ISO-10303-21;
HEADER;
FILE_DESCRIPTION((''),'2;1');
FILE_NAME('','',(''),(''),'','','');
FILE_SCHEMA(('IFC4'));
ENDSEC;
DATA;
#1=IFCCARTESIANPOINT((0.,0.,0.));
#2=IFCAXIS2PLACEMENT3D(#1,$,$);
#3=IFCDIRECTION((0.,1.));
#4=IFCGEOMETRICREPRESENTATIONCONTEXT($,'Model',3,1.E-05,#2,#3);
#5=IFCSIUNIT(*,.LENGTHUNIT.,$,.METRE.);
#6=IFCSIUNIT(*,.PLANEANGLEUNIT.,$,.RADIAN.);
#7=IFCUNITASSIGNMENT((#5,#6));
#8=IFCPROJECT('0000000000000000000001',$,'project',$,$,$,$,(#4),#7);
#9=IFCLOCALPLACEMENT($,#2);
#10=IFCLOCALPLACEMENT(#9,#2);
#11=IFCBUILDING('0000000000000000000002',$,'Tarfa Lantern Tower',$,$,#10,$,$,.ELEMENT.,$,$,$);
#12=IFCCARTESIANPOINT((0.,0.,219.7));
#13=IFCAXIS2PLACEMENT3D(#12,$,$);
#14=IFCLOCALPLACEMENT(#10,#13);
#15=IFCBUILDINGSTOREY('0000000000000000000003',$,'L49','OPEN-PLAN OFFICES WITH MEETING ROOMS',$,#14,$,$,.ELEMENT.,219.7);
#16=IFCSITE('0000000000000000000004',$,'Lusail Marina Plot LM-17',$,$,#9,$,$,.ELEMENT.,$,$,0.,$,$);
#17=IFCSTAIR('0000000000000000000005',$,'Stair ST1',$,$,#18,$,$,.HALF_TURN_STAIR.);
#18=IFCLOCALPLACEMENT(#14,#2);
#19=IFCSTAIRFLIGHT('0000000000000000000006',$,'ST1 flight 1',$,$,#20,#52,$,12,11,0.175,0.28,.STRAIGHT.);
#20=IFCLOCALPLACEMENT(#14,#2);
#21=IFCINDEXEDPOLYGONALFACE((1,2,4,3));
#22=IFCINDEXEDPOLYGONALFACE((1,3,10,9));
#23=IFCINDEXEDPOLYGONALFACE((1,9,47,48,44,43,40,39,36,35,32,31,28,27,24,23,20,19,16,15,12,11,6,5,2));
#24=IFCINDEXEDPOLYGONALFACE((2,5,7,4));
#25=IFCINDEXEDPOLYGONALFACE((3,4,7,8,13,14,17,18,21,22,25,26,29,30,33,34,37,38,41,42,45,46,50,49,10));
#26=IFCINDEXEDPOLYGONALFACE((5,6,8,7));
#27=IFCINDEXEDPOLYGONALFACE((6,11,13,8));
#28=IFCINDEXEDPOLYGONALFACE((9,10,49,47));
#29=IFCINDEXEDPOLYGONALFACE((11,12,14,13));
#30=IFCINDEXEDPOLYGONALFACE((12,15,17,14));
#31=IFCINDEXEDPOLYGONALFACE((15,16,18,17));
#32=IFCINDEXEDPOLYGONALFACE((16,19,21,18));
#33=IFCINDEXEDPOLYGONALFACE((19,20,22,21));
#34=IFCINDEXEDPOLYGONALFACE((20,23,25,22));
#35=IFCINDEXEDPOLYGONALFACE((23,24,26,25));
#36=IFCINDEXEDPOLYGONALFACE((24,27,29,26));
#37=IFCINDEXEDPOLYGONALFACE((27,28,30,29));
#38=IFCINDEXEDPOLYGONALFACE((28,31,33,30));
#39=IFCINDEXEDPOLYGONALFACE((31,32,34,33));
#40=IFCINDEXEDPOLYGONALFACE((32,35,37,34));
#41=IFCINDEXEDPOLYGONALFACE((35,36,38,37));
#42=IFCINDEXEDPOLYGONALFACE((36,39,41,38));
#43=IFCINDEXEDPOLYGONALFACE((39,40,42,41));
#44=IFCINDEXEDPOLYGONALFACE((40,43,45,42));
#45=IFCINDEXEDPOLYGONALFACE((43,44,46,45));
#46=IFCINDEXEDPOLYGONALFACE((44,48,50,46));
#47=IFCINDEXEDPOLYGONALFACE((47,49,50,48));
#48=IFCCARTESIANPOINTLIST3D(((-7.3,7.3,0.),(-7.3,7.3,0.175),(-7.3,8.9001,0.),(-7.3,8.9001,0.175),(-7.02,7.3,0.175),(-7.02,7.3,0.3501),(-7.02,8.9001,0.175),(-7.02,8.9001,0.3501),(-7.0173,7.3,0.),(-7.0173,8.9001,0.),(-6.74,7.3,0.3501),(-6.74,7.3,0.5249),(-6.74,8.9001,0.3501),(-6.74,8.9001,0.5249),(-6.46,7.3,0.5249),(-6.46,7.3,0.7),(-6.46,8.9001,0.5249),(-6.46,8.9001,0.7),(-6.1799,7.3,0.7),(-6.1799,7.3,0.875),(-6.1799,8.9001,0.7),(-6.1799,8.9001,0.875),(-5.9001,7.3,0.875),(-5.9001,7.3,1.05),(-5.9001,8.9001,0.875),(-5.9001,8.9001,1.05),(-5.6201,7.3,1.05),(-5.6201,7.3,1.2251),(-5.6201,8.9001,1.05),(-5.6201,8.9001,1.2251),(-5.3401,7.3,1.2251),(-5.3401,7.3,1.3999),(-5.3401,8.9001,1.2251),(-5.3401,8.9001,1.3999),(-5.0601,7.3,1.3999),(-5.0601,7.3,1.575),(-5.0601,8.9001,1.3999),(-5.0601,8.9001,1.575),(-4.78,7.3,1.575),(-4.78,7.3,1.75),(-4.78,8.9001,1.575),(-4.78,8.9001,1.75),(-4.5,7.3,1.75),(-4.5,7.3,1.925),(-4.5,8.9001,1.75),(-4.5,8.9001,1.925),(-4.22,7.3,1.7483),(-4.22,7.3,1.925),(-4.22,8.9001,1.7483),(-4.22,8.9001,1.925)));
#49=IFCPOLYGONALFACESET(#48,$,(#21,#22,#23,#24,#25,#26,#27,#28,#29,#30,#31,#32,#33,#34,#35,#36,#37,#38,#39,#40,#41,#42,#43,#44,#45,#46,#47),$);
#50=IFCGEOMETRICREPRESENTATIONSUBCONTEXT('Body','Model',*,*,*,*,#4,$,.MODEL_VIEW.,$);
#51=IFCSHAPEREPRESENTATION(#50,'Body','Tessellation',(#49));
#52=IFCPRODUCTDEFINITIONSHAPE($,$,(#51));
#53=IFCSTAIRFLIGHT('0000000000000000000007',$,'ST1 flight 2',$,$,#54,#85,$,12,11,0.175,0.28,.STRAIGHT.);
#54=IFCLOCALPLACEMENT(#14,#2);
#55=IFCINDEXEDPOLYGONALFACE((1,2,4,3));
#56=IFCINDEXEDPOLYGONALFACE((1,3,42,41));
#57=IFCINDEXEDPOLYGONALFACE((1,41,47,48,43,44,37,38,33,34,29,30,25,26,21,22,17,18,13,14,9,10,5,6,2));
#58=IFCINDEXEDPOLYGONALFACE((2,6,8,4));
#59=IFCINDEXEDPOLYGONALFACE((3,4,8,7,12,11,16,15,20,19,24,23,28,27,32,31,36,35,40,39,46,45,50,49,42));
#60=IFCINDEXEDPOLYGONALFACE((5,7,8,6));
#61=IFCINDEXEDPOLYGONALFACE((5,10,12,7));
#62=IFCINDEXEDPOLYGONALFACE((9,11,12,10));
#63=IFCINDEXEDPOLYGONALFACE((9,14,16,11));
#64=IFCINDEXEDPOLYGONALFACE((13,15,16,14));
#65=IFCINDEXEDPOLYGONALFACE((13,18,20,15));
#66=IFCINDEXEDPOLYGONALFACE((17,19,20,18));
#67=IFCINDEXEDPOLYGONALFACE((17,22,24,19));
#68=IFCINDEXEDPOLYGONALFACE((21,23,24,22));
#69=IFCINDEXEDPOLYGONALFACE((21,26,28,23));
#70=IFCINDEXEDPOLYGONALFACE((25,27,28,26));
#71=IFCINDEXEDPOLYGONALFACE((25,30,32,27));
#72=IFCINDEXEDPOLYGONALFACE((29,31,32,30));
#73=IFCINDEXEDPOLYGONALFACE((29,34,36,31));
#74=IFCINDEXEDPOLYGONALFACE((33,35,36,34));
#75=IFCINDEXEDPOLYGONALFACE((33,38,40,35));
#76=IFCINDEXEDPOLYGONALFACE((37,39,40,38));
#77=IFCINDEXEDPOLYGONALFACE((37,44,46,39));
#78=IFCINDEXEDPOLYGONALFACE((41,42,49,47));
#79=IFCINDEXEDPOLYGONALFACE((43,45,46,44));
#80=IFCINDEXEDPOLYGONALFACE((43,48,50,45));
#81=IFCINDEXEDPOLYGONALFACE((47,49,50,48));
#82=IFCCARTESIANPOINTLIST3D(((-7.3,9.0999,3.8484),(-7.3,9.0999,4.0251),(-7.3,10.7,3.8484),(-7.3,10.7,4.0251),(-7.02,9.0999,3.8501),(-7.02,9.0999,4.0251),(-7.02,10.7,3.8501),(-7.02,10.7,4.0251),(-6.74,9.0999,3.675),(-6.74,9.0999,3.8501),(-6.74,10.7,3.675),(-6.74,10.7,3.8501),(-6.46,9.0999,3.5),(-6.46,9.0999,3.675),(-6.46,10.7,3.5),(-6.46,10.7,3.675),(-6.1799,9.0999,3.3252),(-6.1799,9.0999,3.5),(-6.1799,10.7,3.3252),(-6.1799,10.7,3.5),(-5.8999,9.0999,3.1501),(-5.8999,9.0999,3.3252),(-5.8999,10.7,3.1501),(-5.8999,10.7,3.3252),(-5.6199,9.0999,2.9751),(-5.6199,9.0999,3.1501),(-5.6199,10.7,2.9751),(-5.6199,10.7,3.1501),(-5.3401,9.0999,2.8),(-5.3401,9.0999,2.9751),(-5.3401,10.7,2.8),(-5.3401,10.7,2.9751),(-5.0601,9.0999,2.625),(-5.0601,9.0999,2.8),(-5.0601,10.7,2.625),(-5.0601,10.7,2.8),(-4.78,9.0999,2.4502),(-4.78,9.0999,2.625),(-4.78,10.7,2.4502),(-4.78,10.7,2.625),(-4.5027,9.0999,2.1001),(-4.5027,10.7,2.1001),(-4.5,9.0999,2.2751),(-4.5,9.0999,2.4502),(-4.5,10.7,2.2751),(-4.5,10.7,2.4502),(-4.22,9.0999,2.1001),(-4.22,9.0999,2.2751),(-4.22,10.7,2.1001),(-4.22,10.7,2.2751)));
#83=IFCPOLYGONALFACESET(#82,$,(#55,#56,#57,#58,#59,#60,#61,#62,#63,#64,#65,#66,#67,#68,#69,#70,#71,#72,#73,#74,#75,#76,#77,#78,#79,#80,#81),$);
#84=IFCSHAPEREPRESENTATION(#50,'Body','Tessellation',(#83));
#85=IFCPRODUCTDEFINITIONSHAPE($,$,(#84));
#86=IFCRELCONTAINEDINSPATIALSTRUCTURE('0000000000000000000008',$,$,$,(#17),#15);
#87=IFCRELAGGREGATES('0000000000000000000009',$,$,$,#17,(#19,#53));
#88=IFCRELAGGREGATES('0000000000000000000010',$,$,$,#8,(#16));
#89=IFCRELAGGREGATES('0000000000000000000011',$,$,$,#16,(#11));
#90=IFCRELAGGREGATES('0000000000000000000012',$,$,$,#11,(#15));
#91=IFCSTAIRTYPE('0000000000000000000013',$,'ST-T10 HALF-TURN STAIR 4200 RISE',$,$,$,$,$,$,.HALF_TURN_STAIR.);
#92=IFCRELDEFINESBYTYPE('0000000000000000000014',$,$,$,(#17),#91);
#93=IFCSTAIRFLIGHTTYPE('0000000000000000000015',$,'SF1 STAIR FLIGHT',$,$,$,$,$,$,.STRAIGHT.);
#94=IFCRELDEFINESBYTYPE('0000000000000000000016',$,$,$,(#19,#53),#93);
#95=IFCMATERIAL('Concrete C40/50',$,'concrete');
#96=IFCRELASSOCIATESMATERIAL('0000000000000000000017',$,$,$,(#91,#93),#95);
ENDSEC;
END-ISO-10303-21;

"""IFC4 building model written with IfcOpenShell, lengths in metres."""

from ifc_helpers import new_model, si_unit, direction, frame, origin, place, context, subcontext, project, spatial, polyline, outline, extrude, material, type_object, element, aggregate, save


model = new_model("IFC4")

# Units and contexts
model_context = context("Model", 3, precision=1e-05, world=origin(), true_north=direction((0.0, 1.0)))
body_context = subcontext(model_context, "Body", "Model", "MODEL_VIEW")
ifc_project = project(units=[si_unit("LENGTHUNIT", "METRE"), si_unit("PLANEANGLEUNIT", "RADIAN")], contexts=[model_context])

# Site, building, storey
site_placement = place(None, origin())
site = spatial("IfcSite", under=ifc_project, at=site_placement, Name="Lusail Marina Plot LM-17", CompositionType="ELEMENT", RefElevation=0.0)
building_placement = place(site_placement, origin())
building = spatial("IfcBuilding", under=site, at=building_placement, Name="Tarfa Lantern Tower", CompositionType="ELEMENT")
storey_placement = place(building_placement, frame((0.0, 0.0, 219.7)))
storey = spatial("IfcBuildingStorey", under=building, at=storey_placement, Name="L49", Description="OPEN-PLAN OFFICES WITH MEETING ROOMS", CompositionType="ELEMENT", Elevation=219.7)

# Stair, stair flights
ifc_material_1 = material(Name="Concrete C40/50", Category="concrete")
stair_type = type_object("IfcStairType", Name="ST-T10 HALF-TURN STAIR 4200 RISE", PredefinedType="HALF_TURN_STAIR", material=ifc_material_1)
stair_placement = place(storey_placement, origin())
stair = element("IfcStair", 1, at=stair_placement, inside=storey, type_object=stair_type, Name="Stair ST1", PredefinedType="HALF_TURN_STAIR")
stair_flight_type = type_object("IfcStairFlightType", Name="SF1 STAIR FLIGHT", PredefinedType="STRAIGHT", material=ifc_material_1)
stair_flight_1_placement = place(storey_placement, frame((-7.3, 8.1001, 0.0), z_axis=(0.0, 0.0, 1.0), x_axis=(1.0, 0.0, 0.0)))
stair_flight_1 = element("IfcStairFlight", 2, at=stair_flight_1_placement, type_object=stair_flight_type, Name="ST1 flight 1", NumberOfRisers=12, NumberOfTreads=11, PredefinedType="STRAIGHT", RiserHeight=0.175, TreadLength=0.28, context=body_context, shape_type="SweptSolid", body=[
    extrude(outline(polyline([(0.0, 0.0), (0.0, 0.175), (0.28, 0.175), (0.28, 0.3501), (0.5601, 0.3501), (0.5601, 0.5249), (0.8401, 0.5249), (0.8401, 0.7), (1.1201, 0.7), (1.1201, 0.875), (1.3999, 0.875), (1.3999, 1.05), (1.6799, 1.05), (1.6799, 1.2251), (1.96, 1.2251), (1.96, 1.3999), (2.24, 1.3999), (2.24, 1.575), (2.52, 1.575), (2.52, 1.75), (2.8, 1.75), (2.8, 1.925), (3.0801, 1.925), (3.0801, 2.1001), (3.0801, 1.7483), (0.2827, 0.0), (0.0, 0.0)])), frame((0.0, 0.8, 0.0), z_axis=(0.0, -1.0, 0.0), x_axis=(1.0, 0.0, 0.0)), (0.0, 0.0, 1.0), 1.6001),
])
stair_flight_2_placement = place(storey_placement, frame((-4.22, 9.8999, 2.1001), z_axis=(0.0, 0.0, 1.0), x_axis=(-1.0, 0.0, 0.0)))
stair_flight_2 = element("IfcStairFlight", 3, at=stair_flight_2_placement, type_object=stair_flight_type, Name="ST1 flight 2", NumberOfRisers=12, NumberOfTreads=11, PredefinedType="STRAIGHT", RiserHeight=0.175, TreadLength=0.28, context=body_context, shape_type="SweptSolid", body=[
    extrude(outline(polyline([(0.0, 0.0), (0.0, 0.175), (0.28, 0.175), (0.28, 0.3501), (0.5601, 0.3501), (0.5601, 0.5249), (0.8401, 0.5249), (0.8401, 0.7), (1.1201, 0.7), (1.1201, 0.875), (1.3999, 0.875), (1.3999, 1.05), (1.6799, 1.05), (1.6799, 1.2251), (1.96, 1.2251), (1.96, 1.3999), (2.24, 1.3999), (2.24, 1.575), (2.52, 1.575), (2.52, 1.75), (2.8, 1.75), (2.8, 1.925), (3.0801, 1.925), (3.0801, 2.1001), (3.0801, 1.7483), (0.2827, 0.0), (0.0, 0.0)])), frame((0.0, 0.8, 0.0), z_axis=(0.0, -1.0, 0.0), x_axis=(1.0, 0.0, 0.0)), (0.0, 0.0, 1.0), 1.6001),
])
aggregate(stair, [stair_flight_1, stair_flight_2])

save(model, "model.ifc")
